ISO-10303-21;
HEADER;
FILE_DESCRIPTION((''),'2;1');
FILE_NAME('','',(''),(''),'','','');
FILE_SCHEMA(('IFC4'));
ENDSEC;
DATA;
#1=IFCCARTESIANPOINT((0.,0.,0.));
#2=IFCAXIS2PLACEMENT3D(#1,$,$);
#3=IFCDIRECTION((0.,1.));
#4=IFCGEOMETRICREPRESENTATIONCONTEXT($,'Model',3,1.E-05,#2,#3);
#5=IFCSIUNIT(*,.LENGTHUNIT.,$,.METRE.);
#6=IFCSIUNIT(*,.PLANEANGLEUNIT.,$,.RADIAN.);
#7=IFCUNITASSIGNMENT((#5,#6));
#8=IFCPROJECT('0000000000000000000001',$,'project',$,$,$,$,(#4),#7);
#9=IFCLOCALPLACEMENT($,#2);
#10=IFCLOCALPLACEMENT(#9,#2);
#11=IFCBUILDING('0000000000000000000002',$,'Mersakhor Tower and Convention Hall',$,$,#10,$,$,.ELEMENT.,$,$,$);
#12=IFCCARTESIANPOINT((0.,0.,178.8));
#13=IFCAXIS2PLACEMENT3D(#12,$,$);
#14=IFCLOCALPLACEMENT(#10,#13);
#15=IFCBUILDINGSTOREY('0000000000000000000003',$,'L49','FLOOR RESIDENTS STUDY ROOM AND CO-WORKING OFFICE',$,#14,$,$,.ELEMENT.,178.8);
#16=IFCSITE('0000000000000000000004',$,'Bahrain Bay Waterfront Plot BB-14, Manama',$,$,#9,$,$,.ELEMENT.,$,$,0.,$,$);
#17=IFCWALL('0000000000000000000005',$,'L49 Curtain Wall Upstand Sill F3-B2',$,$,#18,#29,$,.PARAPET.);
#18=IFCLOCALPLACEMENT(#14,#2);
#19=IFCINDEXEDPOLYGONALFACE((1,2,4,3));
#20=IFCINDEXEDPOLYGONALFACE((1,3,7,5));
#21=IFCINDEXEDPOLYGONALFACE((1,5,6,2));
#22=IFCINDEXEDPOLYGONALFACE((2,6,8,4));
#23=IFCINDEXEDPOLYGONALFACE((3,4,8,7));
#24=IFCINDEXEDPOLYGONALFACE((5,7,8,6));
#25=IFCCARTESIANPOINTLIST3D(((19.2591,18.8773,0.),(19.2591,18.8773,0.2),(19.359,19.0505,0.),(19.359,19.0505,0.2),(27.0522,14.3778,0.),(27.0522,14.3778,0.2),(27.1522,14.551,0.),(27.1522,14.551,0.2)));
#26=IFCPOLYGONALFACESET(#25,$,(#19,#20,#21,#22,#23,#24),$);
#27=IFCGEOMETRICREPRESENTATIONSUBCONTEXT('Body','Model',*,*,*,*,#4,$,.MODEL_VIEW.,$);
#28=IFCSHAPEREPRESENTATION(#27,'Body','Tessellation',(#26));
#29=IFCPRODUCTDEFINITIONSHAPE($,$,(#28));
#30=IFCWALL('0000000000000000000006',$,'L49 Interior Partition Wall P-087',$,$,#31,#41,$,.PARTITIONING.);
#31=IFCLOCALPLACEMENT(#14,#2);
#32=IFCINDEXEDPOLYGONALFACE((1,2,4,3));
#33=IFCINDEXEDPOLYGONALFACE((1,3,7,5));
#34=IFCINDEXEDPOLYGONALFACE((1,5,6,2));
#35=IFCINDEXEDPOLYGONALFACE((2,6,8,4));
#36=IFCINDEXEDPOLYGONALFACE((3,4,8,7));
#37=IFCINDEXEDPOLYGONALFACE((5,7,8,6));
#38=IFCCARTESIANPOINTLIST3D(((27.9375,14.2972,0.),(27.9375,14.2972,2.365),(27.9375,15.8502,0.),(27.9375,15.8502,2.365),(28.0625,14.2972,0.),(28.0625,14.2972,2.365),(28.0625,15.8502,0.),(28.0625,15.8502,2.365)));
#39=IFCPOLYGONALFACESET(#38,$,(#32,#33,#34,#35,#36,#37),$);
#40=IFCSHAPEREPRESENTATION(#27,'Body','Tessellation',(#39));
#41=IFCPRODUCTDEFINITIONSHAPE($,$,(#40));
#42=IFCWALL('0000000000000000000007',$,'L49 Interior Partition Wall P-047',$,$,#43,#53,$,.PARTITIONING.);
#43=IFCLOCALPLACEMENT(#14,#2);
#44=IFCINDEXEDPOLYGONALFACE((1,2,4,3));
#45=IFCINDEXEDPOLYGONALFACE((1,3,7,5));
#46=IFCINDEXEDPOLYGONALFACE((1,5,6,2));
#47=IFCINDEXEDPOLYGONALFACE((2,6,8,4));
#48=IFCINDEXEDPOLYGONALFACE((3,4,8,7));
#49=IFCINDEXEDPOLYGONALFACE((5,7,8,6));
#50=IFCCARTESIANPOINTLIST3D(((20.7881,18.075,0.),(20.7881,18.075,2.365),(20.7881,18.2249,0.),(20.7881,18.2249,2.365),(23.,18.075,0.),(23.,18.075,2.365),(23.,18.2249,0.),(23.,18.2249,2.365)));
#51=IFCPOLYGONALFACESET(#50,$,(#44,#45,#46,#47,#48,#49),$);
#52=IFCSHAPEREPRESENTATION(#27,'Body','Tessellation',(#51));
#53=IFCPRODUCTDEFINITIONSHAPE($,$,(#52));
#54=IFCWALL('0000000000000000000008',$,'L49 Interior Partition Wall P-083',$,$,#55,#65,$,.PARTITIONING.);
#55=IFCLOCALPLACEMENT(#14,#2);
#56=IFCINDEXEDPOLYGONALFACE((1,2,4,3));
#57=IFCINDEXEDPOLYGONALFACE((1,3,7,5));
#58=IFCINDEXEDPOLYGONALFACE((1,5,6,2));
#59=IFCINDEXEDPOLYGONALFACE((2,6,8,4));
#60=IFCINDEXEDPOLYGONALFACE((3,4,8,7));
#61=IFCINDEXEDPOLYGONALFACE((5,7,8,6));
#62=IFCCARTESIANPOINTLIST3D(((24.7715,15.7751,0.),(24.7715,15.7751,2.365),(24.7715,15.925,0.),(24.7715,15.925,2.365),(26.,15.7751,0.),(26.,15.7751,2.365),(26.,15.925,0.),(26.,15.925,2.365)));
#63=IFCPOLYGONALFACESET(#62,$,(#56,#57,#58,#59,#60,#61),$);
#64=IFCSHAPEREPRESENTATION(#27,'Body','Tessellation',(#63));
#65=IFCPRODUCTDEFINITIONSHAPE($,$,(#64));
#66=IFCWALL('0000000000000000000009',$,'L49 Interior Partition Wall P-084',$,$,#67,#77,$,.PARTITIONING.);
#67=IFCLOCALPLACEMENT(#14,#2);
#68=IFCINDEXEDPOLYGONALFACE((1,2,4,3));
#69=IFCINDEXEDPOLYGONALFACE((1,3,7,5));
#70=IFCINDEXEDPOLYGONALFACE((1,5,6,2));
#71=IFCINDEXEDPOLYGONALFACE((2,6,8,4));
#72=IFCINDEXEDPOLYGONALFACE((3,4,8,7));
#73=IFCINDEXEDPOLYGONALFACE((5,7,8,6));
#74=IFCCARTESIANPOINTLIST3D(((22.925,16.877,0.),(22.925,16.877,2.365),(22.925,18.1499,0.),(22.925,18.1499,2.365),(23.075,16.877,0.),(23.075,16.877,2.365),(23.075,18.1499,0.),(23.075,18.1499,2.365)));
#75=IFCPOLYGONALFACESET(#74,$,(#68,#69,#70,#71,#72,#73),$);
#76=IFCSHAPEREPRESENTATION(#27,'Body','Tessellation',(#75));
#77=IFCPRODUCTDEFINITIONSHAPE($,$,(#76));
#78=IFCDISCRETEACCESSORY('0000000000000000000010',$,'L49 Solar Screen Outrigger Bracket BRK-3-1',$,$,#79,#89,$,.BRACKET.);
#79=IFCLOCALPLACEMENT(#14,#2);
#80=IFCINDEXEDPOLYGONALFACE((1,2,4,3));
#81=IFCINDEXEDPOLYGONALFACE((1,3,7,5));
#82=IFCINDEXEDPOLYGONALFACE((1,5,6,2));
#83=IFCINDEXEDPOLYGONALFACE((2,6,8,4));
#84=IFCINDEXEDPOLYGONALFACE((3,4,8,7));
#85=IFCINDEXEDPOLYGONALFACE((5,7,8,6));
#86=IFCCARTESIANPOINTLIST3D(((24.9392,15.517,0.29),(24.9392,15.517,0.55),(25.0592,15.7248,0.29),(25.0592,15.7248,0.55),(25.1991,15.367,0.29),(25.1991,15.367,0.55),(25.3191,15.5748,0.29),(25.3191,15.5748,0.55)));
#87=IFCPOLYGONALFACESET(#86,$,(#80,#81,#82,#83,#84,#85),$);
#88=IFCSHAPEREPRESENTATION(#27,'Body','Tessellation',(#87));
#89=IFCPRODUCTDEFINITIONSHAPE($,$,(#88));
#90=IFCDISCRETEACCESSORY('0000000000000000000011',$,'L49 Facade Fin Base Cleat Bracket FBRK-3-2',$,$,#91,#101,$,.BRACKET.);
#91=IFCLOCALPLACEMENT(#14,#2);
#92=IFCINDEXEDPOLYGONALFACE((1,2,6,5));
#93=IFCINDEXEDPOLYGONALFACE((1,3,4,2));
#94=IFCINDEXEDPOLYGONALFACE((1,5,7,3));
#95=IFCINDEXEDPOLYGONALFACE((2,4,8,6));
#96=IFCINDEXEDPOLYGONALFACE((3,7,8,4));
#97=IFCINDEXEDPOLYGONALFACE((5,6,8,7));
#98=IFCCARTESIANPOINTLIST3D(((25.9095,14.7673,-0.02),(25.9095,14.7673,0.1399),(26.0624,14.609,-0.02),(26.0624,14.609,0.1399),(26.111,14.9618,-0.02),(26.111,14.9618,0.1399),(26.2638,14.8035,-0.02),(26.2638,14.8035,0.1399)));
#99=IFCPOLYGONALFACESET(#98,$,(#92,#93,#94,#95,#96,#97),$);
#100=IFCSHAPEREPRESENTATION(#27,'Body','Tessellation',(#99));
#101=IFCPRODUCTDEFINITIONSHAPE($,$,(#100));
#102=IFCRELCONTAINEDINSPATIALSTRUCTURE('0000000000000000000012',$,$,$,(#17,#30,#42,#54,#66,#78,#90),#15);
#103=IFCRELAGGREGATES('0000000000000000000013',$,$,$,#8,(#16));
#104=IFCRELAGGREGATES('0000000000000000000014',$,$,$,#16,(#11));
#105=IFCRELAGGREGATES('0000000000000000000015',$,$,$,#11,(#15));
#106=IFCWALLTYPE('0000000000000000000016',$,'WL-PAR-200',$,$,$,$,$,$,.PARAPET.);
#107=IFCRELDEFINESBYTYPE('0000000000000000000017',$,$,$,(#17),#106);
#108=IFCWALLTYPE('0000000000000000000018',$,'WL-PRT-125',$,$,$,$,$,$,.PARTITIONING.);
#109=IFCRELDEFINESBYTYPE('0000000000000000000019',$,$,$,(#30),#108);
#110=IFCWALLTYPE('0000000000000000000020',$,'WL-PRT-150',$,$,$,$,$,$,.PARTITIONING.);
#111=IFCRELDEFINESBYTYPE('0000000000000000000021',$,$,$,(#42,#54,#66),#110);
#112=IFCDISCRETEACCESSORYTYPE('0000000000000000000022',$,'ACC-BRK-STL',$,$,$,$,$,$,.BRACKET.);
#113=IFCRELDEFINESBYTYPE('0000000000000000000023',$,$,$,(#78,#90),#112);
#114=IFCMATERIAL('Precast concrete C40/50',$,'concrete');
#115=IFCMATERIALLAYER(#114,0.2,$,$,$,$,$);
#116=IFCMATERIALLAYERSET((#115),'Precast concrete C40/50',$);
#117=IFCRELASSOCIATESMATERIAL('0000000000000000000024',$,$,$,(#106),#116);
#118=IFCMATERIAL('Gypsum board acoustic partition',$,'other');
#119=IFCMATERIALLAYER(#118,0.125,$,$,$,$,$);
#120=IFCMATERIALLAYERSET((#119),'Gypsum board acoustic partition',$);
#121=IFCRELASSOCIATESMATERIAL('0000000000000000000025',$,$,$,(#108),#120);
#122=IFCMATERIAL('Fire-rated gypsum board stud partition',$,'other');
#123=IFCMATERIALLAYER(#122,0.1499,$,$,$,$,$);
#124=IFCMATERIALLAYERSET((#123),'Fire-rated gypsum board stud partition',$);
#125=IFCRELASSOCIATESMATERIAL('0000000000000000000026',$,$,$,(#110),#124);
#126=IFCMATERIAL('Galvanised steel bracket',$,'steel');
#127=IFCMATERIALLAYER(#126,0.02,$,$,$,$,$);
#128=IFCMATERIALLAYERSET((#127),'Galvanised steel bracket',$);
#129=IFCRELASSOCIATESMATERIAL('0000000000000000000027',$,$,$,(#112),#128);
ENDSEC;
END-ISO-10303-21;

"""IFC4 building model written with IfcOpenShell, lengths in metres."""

from ifc_helpers import new_model, si_unit, direction, frame, frame_2d, origin, origin_2d, place, context, subcontext, project, spatial, rectangle, extrude, material, layer, layer_set, type_object, element, save


model = new_model("IFC4")

# Units and contexts
model_context = context("Model", 3, precision=1e-05, world=origin(), true_north=direction((0.0, 1.0)))
body_context = subcontext(model_context, "Body", "Model", "MODEL_VIEW")
ifc_project = project(units=[si_unit("LENGTHUNIT", "METRE"), si_unit("PLANEANGLEUNIT", "RADIAN")], contexts=[model_context])

# Site, building, storey
site_placement = place(None, origin())
site = spatial("IfcSite", under=ifc_project, at=site_placement, Name="Bahrain Bay Waterfront Plot BB-14, Manama", CompositionType="ELEMENT", RefElevation=0.0)
building_placement = place(site_placement, origin())
building = spatial("IfcBuilding", under=site, at=building_placement, Name="Mersakhor Tower and Convention Hall", CompositionType="ELEMENT")
storey_placement = place(building_placement, frame((0.0, 0.0, 178.8)))
storey = spatial("IfcBuildingStorey", under=building, at=storey_placement, Name="L49", Description="FLOOR RESIDENTS STUDY ROOM AND CO-WORKING OFFICE", CompositionType="ELEMENT", Elevation=178.8)

# Walls
ifc_material_1 = material(Name="Precast concrete C40/50", Category="concrete")
ifc_layer_1 = layer(ifc_material_1, 0.2)
ifc_layer_set_1 = layer_set([ifc_layer_1], Name="Precast concrete C40/50")
wall_type_1 = type_object("IfcWallType", Name="WL-PAR-200", PredefinedType="PARAPET", material=ifc_layer_set_1)
wall_1_placement = place(storey_placement, frame((27.1023, 14.4644, 0.0), z_axis=(0.0, 0.0, 1.0), x_axis=(-0.866021, 0.500008, 0.0)))
element("IfcWall", 1, at=wall_1_placement, inside=storey, type_object=wall_type_1, Name="L49 Curtain Wall Upstand Sill F3-B2", PredefinedType="PARAPET", context=body_context, shape_type="SweptSolid", body=[
    extrude(rectangle(XDim=8.9988, YDim=0.2, at=frame_2d((4.4995, 0.0))), origin(), (0.0, 0.0, 1.0), 0.2),
])
ifc_material_2 = material(Name="Gypsum board acoustic partition", Category="other")
ifc_layer_2 = layer(ifc_material_2, 0.125)
ifc_layer_set_2 = layer_set([ifc_layer_2], Name="Gypsum board acoustic partition")
wall_type_2 = type_object("IfcWallType", Name="WL-PRT-125", PredefinedType="PARTITIONING", material=ifc_layer_set_2)
wall_2_placement = place(storey_placement, frame((28.0, 15.8501, 0.0), z_axis=(0.0, 0.0, 1.0), x_axis=(0.0, -1.0, 0.0)))
element("IfcWall", 2, at=wall_2_placement, inside=storey, type_object=wall_type_2, Name="L49 Interior Partition Wall P-087", PredefinedType="PARTITIONING", context=body_context, shape_type="SweptSolid", body=[
    extrude(rectangle(XDim=1.553, YDim=0.125, at=frame_2d((0.7764, 0.0))), origin(), (0.0, 0.0, 1.0), 2.365),
])
ifc_material_3 = material(Name="Fire-rated gypsum board stud partition", Category="other")
ifc_layer_3 = layer(ifc_material_3, 0.1499)
ifc_layer_set_3 = layer_set([ifc_layer_3], Name="Fire-rated gypsum board stud partition")
wall_type_3 = type_object("IfcWallType", Name="WL-PRT-150", PredefinedType="PARTITIONING", material=ifc_layer_set_3)
wall_3_placement = place(storey_placement, frame((23.0, 18.1499, 0.0), z_axis=(0.0, 0.0, 1.0), x_axis=(-1.0, 0.0, 0.0)))
element("IfcWall", 3, at=wall_3_placement, inside=storey, type_object=wall_type_3, Name="L49 Interior Partition Wall P-047", PredefinedType="PARTITIONING", context=body_context, shape_type="SweptSolid", body=[
    extrude(rectangle(XDim=2.2119, YDim=0.1499, at=frame_2d((1.106, 0.0))), origin(), (0.0, 0.0, 1.0), 2.365),
])
wall_4_placement = place(storey_placement, frame((26.0, 15.8501, 0.0), z_axis=(0.0, 0.0, 1.0), x_axis=(-1.0, 0.0, 0.0)))
element("IfcWall", 4, at=wall_4_placement, inside=storey, type_object=wall_type_3, Name="L49 Interior Partition Wall P-083", PredefinedType="PARTITIONING", context=body_context, shape_type="SweptSolid", body=[
    extrude(rectangle(XDim=1.2285, YDim=0.1499, at=frame_2d((0.6143, 0.0))), origin(), (0.0, 0.0, 1.0), 2.365),
])
wall_5_placement = place(storey_placement, frame((23.0, 16.877, 0.0), z_axis=(0.0, 0.0, 1.0), x_axis=(0.0, 1.0, 0.0)))
element("IfcWall", 5, at=wall_5_placement, inside=storey, type_object=wall_type_3, Name="L49 Interior Partition Wall P-084", PredefinedType="PARTITIONING", context=body_context, shape_type="SweptSolid", body=[
    extrude(rectangle(XDim=1.2729, YDim=0.1499, at=frame_2d((0.6365, 0.0))), origin(), (0.0, 0.0, 1.0), 2.365),
])

# Discrete accessories
ifc_material_4 = material(Name="Galvanised steel bracket", Category="steel")
ifc_layer_4 = layer(ifc_material_4, 0.02)
ifc_layer_set_4 = layer_set([ifc_layer_4], Name="Galvanised steel bracket")
discrete_accessory_type = type_object("IfcDiscreteAccessoryType", Name="ACC-BRK-STL", PredefinedType="BRACKET", material=ifc_layer_set_4)
discrete_accessory_1_placement = place(storey_placement, frame((25.1292, 15.5459, 0.29), z_axis=(0.0, 0.0, 1.0), x_axis=(-0.866025, 0.5, 0.0)))
element("IfcDiscreteAccessory", 6, at=discrete_accessory_1_placement, inside=storey, type_object=discrete_accessory_type, Name="L49 Solar Screen Outrigger Bracket BRK-3-1", PredefinedType="BRACKET", context=body_context, shape_type="SweptSolid", body=[
    extrude(rectangle(XDim=0.3, YDim=0.24, at=origin_2d()), origin(), (0.0, 0.0, 1.0), 0.26),
])
discrete_accessory_2_placement = place(storey_placement, frame((26.0867, 14.7854, -0.02), z_axis=(0.0, 0.0, 1.0), x_axis=(-0.71934, -0.694658, 0.0)))
element("IfcDiscreteAccessory", 7, at=discrete_accessory_2_placement, inside=storey, type_object=discrete_accessory_type, Name="L49 Facade Fin Base Cleat Bracket FBRK-3-2", PredefinedType="BRACKET", context=body_context, shape_type="SweptSolid", body=[
    extrude(rectangle(XDim=0.28, YDim=0.22, at=origin_2d()), origin(), (0.0, 0.0, 1.0), 0.1599),
])

save(model, "model.ifc")
